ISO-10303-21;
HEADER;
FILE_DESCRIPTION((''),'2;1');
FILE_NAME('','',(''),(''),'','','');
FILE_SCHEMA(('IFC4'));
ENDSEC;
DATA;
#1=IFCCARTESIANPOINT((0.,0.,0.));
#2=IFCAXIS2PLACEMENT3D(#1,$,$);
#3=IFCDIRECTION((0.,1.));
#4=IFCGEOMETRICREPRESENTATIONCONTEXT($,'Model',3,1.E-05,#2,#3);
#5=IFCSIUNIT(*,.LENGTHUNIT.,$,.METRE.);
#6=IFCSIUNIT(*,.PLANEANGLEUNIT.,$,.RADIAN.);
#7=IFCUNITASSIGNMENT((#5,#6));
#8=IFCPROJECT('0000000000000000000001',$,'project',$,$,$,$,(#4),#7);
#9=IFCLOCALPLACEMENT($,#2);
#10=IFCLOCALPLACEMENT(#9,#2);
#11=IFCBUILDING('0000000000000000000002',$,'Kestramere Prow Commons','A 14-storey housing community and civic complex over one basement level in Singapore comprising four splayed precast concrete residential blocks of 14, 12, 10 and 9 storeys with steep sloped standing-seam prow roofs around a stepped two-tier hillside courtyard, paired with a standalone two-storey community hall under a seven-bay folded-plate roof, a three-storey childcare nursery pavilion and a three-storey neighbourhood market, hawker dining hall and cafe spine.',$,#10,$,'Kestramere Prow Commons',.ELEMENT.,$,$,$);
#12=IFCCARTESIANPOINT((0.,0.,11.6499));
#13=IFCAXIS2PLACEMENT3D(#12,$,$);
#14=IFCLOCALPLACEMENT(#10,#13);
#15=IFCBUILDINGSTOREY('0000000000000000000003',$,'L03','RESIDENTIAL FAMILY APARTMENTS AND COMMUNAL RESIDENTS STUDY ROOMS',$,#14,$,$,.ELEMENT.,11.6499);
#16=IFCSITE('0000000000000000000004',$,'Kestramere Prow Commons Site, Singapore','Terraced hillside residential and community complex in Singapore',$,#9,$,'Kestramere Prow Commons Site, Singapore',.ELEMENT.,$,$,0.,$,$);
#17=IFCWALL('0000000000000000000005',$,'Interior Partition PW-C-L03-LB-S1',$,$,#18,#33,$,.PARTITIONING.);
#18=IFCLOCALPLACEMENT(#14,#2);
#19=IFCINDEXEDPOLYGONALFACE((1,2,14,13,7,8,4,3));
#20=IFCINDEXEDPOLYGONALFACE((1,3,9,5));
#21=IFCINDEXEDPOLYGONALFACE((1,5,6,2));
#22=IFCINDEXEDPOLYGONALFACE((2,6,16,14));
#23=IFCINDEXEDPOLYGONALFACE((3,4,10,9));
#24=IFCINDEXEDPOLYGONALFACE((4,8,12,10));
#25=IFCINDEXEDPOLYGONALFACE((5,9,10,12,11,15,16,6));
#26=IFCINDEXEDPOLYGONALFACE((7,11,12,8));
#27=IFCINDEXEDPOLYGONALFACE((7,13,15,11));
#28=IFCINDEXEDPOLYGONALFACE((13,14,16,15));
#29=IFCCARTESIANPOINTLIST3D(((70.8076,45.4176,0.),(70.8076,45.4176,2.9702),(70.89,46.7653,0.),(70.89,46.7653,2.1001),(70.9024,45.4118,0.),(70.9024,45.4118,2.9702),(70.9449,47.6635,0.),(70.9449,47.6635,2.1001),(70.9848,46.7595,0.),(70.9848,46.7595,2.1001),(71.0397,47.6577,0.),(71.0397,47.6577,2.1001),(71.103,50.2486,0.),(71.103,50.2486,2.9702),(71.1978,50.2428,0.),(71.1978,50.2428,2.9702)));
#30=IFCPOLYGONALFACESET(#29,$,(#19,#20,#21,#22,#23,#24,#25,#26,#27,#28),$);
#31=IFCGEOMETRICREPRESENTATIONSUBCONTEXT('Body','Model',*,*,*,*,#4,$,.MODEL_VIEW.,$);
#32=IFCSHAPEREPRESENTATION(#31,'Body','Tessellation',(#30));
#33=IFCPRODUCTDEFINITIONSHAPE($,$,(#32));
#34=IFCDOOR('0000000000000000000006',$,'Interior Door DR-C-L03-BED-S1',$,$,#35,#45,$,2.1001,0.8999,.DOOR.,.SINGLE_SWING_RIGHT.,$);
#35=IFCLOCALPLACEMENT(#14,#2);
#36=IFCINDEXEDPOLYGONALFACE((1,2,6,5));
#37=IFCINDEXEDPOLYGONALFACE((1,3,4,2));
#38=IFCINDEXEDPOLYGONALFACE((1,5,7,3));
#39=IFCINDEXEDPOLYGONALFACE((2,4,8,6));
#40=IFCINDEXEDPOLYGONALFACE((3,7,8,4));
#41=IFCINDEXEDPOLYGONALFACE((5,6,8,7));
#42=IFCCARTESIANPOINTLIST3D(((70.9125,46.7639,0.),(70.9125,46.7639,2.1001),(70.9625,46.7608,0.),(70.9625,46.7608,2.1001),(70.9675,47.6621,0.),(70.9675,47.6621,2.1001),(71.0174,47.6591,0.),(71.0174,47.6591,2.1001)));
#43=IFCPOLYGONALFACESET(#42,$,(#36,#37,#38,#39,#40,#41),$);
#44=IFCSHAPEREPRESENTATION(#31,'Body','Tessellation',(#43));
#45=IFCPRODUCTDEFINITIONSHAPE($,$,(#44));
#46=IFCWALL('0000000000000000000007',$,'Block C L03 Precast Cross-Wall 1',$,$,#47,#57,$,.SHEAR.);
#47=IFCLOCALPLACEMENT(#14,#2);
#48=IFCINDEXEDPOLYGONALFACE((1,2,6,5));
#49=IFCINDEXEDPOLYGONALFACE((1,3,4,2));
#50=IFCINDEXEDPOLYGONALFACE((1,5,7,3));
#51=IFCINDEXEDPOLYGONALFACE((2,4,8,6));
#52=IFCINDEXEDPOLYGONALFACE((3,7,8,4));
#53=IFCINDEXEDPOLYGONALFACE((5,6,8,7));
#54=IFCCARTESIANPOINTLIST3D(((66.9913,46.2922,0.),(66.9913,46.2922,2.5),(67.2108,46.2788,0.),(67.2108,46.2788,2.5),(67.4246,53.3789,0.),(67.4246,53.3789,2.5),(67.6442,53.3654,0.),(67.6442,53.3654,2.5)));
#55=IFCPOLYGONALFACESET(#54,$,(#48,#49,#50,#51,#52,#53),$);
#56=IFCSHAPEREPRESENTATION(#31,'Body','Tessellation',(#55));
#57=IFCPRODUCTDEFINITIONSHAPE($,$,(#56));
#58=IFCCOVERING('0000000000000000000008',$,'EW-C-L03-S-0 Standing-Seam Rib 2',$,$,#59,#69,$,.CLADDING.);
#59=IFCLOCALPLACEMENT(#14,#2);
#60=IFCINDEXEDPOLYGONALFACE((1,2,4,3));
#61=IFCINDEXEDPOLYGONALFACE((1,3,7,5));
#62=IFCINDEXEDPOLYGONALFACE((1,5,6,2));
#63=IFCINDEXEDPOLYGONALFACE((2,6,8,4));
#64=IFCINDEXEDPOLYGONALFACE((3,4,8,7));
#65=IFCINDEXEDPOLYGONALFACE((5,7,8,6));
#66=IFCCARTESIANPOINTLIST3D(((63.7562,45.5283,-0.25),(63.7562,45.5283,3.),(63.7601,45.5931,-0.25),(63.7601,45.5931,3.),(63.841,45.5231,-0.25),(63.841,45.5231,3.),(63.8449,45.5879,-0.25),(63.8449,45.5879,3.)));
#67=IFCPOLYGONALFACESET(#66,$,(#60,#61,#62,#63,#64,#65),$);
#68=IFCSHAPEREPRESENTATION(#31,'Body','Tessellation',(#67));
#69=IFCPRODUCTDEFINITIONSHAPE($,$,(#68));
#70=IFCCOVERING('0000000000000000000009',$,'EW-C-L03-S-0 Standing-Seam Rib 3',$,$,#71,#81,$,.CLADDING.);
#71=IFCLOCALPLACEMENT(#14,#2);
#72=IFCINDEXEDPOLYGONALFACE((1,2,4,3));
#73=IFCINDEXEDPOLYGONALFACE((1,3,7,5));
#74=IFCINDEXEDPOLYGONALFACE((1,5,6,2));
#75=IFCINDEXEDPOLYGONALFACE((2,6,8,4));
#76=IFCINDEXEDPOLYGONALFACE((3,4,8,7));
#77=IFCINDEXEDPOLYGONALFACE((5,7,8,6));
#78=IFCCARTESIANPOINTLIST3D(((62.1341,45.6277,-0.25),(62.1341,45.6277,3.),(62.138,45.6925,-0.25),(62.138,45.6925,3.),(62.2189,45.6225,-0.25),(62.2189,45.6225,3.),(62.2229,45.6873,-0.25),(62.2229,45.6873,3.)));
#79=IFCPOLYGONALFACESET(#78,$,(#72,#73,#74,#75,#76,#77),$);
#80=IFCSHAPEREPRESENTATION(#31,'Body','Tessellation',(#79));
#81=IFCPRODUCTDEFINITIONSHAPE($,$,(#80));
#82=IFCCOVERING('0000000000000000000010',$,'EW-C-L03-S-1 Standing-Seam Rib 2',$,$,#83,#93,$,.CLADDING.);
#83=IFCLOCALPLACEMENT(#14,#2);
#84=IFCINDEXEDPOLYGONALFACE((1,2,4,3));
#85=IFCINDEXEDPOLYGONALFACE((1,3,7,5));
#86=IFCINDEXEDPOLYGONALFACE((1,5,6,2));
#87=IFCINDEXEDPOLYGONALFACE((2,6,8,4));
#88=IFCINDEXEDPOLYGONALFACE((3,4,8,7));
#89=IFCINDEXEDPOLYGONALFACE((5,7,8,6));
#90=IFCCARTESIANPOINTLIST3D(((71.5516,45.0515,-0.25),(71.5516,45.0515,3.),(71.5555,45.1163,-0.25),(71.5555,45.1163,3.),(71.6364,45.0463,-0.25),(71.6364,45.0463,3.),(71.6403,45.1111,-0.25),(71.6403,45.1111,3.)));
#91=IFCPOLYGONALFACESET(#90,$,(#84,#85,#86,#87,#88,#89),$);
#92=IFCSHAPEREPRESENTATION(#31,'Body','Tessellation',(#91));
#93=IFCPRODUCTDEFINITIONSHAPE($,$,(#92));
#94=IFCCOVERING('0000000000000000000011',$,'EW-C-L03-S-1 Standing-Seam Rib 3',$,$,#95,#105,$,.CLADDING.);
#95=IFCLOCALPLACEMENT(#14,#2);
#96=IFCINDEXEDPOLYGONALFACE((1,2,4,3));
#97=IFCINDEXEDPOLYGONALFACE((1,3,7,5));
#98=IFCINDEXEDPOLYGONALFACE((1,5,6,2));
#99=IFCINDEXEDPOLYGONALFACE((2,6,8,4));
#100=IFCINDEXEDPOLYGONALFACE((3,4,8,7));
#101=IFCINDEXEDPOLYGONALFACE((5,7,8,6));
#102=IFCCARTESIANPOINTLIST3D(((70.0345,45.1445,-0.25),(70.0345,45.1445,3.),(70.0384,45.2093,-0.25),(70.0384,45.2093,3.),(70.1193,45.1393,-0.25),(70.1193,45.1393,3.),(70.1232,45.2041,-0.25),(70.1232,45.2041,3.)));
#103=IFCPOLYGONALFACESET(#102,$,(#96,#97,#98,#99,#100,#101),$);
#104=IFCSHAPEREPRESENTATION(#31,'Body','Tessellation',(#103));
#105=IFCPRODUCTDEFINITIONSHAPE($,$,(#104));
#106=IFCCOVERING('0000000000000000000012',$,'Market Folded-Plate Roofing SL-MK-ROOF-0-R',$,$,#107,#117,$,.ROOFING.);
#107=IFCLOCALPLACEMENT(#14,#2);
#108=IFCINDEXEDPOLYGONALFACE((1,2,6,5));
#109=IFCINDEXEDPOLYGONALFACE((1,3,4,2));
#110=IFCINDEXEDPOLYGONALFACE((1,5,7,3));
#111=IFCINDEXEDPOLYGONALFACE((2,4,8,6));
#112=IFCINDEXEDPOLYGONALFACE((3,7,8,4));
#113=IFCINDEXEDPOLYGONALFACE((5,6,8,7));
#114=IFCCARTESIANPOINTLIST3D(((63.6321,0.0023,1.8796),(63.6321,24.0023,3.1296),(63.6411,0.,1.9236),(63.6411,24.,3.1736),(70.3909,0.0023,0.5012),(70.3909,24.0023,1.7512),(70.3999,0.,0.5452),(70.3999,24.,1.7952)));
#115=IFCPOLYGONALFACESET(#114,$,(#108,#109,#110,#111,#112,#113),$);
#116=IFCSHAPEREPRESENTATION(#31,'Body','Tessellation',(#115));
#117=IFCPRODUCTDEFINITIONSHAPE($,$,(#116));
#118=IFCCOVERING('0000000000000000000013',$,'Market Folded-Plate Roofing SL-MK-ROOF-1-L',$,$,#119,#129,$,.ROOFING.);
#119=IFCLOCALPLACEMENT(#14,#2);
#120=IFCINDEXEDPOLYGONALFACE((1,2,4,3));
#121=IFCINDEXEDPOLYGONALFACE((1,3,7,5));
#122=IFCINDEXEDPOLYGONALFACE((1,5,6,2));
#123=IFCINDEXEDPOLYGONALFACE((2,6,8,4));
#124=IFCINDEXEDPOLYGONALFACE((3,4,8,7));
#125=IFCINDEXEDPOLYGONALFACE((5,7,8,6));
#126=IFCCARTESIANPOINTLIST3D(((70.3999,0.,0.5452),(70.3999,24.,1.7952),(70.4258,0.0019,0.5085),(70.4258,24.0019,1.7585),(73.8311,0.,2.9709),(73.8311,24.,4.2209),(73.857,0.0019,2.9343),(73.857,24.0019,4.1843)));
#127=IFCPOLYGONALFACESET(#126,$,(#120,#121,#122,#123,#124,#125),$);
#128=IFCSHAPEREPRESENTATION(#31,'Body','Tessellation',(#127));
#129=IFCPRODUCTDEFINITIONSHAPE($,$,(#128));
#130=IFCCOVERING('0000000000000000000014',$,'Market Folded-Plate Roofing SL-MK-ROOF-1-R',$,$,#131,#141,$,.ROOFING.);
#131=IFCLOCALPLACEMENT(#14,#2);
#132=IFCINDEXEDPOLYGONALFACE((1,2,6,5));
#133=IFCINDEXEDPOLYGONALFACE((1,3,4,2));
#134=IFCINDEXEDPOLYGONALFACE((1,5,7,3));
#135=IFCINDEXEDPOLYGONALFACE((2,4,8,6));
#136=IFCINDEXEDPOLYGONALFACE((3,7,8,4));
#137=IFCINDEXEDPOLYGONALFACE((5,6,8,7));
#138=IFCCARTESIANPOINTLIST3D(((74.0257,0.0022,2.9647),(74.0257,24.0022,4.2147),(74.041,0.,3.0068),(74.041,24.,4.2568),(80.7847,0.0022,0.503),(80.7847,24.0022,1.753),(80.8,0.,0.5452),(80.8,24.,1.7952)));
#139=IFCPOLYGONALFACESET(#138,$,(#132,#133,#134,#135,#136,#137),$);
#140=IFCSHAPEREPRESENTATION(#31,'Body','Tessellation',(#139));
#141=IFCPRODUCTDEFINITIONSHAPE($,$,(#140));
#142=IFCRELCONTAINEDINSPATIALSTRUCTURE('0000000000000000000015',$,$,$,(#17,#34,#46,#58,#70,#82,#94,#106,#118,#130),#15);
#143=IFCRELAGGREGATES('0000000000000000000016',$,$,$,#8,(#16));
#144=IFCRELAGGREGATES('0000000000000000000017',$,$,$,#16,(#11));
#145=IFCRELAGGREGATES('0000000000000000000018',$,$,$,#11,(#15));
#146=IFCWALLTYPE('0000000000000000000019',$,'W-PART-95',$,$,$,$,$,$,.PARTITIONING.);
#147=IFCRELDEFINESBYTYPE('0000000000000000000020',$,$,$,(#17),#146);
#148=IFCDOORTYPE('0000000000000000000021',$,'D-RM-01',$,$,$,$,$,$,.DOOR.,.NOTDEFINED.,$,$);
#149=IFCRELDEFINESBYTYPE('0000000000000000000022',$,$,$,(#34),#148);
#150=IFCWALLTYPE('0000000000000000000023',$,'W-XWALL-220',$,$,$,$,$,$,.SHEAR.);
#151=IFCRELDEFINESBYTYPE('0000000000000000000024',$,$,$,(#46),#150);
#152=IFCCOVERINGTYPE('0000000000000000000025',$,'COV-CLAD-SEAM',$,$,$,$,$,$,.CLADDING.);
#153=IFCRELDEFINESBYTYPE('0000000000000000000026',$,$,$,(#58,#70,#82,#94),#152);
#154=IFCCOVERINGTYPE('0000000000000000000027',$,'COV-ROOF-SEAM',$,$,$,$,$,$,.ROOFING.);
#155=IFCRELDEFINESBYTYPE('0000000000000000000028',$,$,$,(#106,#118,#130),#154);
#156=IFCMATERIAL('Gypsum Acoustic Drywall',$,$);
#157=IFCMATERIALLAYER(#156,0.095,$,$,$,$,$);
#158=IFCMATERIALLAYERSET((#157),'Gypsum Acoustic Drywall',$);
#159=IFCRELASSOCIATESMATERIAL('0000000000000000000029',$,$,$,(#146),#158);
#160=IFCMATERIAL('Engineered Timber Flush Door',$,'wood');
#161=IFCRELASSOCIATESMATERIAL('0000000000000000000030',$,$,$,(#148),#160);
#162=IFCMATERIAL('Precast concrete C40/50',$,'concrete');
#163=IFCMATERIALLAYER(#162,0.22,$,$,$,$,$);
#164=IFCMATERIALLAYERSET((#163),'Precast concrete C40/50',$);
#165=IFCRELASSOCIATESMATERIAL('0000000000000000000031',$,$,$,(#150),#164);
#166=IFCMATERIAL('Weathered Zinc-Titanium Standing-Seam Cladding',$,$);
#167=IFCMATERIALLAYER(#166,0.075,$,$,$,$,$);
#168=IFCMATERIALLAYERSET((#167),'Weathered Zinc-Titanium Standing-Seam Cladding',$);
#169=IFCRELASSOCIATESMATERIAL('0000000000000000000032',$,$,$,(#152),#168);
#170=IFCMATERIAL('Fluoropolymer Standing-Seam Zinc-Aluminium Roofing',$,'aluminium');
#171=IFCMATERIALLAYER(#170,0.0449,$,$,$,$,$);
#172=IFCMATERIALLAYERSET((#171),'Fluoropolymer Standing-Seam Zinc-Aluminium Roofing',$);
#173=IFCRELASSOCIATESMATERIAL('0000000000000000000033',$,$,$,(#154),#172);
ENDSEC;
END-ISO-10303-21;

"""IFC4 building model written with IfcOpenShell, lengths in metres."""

from ifc_helpers import new_model, si_unit, direction, frame, frame_2d, origin, origin_2d, place, context, subcontext, project, spatial, polyline, rectangle, outline, extrude, material, layer, layer_set, type_object, element, fill, save


model = new_model("IFC4")

# Units and contexts
model_context = context("Model", 3, precision=1e-05, world=origin(), true_north=direction((0.0, 1.0)))
body_context = subcontext(model_context, "Body", "Model", "MODEL_VIEW")
ifc_project = project(units=[si_unit("LENGTHUNIT", "METRE"), si_unit("PLANEANGLEUNIT", "RADIAN")], contexts=[model_context])

# Site, building, storey
site_placement = place(None, origin())
site = spatial("IfcSite", under=ifc_project, at=site_placement, Name="Kestramere Prow Commons Site, Singapore", Description="Terraced hillside residential and community complex in Singapore", LongName="Kestramere Prow Commons Site, Singapore", CompositionType="ELEMENT", RefElevation=0.0)
building_placement = place(site_placement, origin())
building = spatial("IfcBuilding", under=site, at=building_placement, Name="Kestramere Prow Commons", Description="A 14-storey housing community and civic complex over one basement level in Singapore comprising four splayed precast concrete residential blocks of 14, 12, 10 and 9 storeys with steep sloped standing-seam prow roofs around a stepped two-tier hillside courtyard, paired with a standalone two-storey community hall under a seven-bay folded-plate roof, a three-storey childcare nursery pavilion and a three-storey neighbourhood market, hawker dining hall and cafe spine.", LongName="Kestramere Prow Commons", CompositionType="ELEMENT")
storey_placement = place(building_placement, frame((0.0, 0.0, 11.6499)))
storey = spatial("IfcBuildingStorey", under=building, at=storey_placement, Name="L03", Description="RESIDENTIAL FAMILY APARTMENTS AND COMMUNAL RESIDENTS STUDY ROOMS", CompositionType="ELEMENT", Elevation=11.6499)

# Shared definitions
ifc_material_1 = material(Name="Precast concrete C40/50", Category="concrete")

# Wall, opening, door
ifc_material_2 = material(Name="Gypsum Acoustic Drywall")
ifc_layer_1 = layer(ifc_material_2, 0.095)
ifc_layer_set_1 = layer_set([ifc_layer_1], Name="Gypsum Acoustic Drywall")
wall_type_1 = type_object("IfcWallType", Name="W-PART-95", PredefinedType="PARTITIONING", material=ifc_layer_set_1)
wall_1_placement = place(storey_placement, frame((70.855, 45.4148, 0.0), z_axis=(0.0, 0.0, 1.0), x_axis=(0.061034, 0.998136, 0.0)))
wall_1 = element("IfcWall", 1, at=wall_1_placement, inside=storey, type_object=wall_type_1, Name="Interior Partition PW-C-L03-LB-S1", PredefinedType="PARTITIONING", context=body_context, shape_type="SweptSolid", body=[
    extrude(rectangle(XDim=4.8401, YDim=0.095, at=frame_2d((2.4199, 0.0))), origin(), (0.0, 0.0, 1.0), 2.9702),
])
opening_1_placement = place(wall_1_placement, frame((1.3501, 0.0, 0.0)))
opening_1 = element("IfcOpeningElement", 2, at=opening_1_placement, cuts=wall_1, PredefinedType="OPENING", context=body_context, shape_type="SweptSolid", body=[
    extrude(rectangle(XDim=0.8999, YDim=2.1001, at=frame_2d((0.45, 1.05))), frame((0.0, 0.0625, 0.0), z_axis=(0.0, -1.0, 0.0), x_axis=(1.0, 0.0, 0.0)), (0.0, 0.0, 1.0), 0.125),
])
ifc_material_3 = material(Name="Engineered Timber Flush Door", Category="wood")
door_type_1 = type_object("IfcDoorType", Name="D-RM-01", OperationType="NOTDEFINED", PredefinedType="DOOR", material=ifc_material_3)
door_1_placement = place(opening_1_placement, origin())
door_1 = element("IfcDoor", 3, at=door_1_placement, inside=storey, type_object=door_type_1, Name="Interior Door DR-C-L03-BED-S1", OperationType="SINGLE_SWING_RIGHT", OverallHeight=2.1001, OverallWidth=0.8999, PredefinedType="DOOR", context=body_context, shape_type="SweptSolid", body=[
    extrude(rectangle(XDim=0.8999, YDim=2.1001, at=frame_2d((0.45, 1.05))), frame((0.0, 0.0249, 0.0), z_axis=(0.0, -1.0, 0.0), x_axis=(1.0, 0.0, 0.0)), (0.0, 0.0, 1.0), 0.05),
])
fill(opening_1, door_1)

# Wall
ifc_layer_2 = layer(ifc_material_1, 0.22)
ifc_layer_set_2 = layer_set([ifc_layer_2], Name="Precast concrete C40/50")
wall_type_2 = type_object("IfcWallType", Name="W-XWALL-220", PredefinedType="SHEAR", material=ifc_layer_set_2)
wall_2_placement = place(storey_placement, frame((67.1011, 46.2856, 0.0), z_axis=(0.0, 0.0, 1.0), x_axis=(0.061036, 0.998136, 0.0)))
element("IfcWall", 4, at=wall_2_placement, inside=storey, type_object=wall_type_2, Name="Block C L03 Precast Cross-Wall 1", PredefinedType="SHEAR", context=body_context, shape_type="SweptSolid", body=[
    extrude(rectangle(XDim=7.0999, YDim=0.22, at=frame_2d((3.5498, 0.0))), origin(), (0.0, 0.0, 1.0), 2.5),
])

# Coverings
ifc_material_4 = material(Name="Weathered Zinc-Titanium Standing-Seam Cladding")
ifc_layer_3 = layer(ifc_material_4, 0.075)
ifc_layer_set_3 = layer_set([ifc_layer_3], Name="Weathered Zinc-Titanium Standing-Seam Cladding")
covering_type_1 = type_object("IfcCoveringType", Name="COV-CLAD-SEAM", PredefinedType="CLADDING", material=ifc_layer_set_3)
for number, where, z_axis, x_axis, name in (
    (5, (63.8005, 45.5581, -0.25), (0.0, 0.0, 1.0), (-0.998135, 0.061049, 0.0), "EW-C-L03-S-0 Standing-Seam Rib 2"),
    (6, (62.1785, 45.6575, -0.25), (0.0, 0.0, 1.0), (-0.998135, 0.061049, 0.0), "EW-C-L03-S-0 Standing-Seam Rib 3"),
    (7, (71.5959, 45.0813, -0.25), (0.0, 0.0, 1.0), (-0.998135, 0.061049, 0.0), "EW-C-L03-S-1 Standing-Seam Rib 2"),
    (8, (70.0789, 45.1743, -0.25), (0.0, 0.0, 1.0), (-0.998135, 0.061049, 0.0), "EW-C-L03-S-1 Standing-Seam Rib 3"),
):
    element("IfcCovering", number, at=place(storey_placement, frame(where, z_axis=z_axis, x_axis=x_axis)), inside=storey, type_object=covering_type_1, Name=name, PredefinedType="CLADDING", context=body_context, shape_type="SweptSolid", body=[
        extrude(rectangle(XDim=0.085, YDim=0.0649, at=origin_2d()), origin(), (0.0, 0.0, 1.0), 3.25),
    ])
ifc_material_5 = material(Name="Fluoropolymer Standing-Seam Zinc-Aluminium Roofing", Category="aluminium")
ifc_layer_4 = layer(ifc_material_5, 0.0449)
ifc_layer_set_4 = layer_set([ifc_layer_4], Name="Fluoropolymer Standing-Seam Zinc-Aluminium Roofing")
covering_type_2 = type_object("IfcCoveringType", Name="COV-ROOF-SEAM", PredefinedType="ROOFING", material=ifc_layer_set_4)
covering_1_placement = place(storey_placement, frame((63.6411, 0.0, 1.9236), z_axis=(0.199571, -0.050967, 0.978557), x_axis=(0.97983, 0.0, -0.199831)))
element("IfcCovering", 9, at=covering_1_placement, inside=storey, type_object=covering_type_2, Name="Market Folded-Plate Roofing SL-MK-ROOF-0-R", PredefinedType="ROOFING", context=body_context, shape_type="SweptSolid", body=[
    extrude(outline(polyline([(0.0, 0.0), (6.8979, 0.0), (6.6481, 24.0312), (-0.2498, 24.0312), (0.0, 0.0)])), origin(), (0.0, 0.0, -1.0), 0.0449),
])
covering_2_placement = place(storey_placement, frame((70.3999, 0.0, 0.5452), z_axis=(-0.576764, -0.04249, 0.815805), x_axis=(0.816543, 0.0, 0.577285)))
element("IfcCovering", 10, at=covering_2_placement, inside=storey, type_object=covering_type_2, Name="Market Folded-Plate Roofing SL-MK-ROOF-1-L", PredefinedType="ROOFING", context=body_context, shape_type="SweptSolid", body=[
    extrude(outline(polyline([(0.0, 0.0), (4.202, 0.0), (4.9237, 24.0217), (0.7216, 24.0217), (0.0, 0.0)])), origin(), (0.0, 0.0, -1.0), 0.0449),
])
covering_3_placement = place(storey_placement, frame((74.041, 0.0, 3.0068), z_axis=(0.341805, -0.04888, 0.938499), x_axis=(0.939622, 0.0, -0.342214)))
element("IfcCovering", 11, at=covering_3_placement, inside=storey, type_object=covering_type_2, Name="Market Folded-Plate Roofing SL-MK-ROOF-1-R", PredefinedType="ROOFING", context=body_context, shape_type="SweptSolid", body=[
    extrude(outline(polyline([(0.0, 0.0), (7.1934, 0.0), (6.7656, 24.0287), (-0.4278, 24.0287), (0.0, 0.0)])), origin(), (0.0, 0.0, -1.0), 0.0449),
])

save(model, "model.ifc")
